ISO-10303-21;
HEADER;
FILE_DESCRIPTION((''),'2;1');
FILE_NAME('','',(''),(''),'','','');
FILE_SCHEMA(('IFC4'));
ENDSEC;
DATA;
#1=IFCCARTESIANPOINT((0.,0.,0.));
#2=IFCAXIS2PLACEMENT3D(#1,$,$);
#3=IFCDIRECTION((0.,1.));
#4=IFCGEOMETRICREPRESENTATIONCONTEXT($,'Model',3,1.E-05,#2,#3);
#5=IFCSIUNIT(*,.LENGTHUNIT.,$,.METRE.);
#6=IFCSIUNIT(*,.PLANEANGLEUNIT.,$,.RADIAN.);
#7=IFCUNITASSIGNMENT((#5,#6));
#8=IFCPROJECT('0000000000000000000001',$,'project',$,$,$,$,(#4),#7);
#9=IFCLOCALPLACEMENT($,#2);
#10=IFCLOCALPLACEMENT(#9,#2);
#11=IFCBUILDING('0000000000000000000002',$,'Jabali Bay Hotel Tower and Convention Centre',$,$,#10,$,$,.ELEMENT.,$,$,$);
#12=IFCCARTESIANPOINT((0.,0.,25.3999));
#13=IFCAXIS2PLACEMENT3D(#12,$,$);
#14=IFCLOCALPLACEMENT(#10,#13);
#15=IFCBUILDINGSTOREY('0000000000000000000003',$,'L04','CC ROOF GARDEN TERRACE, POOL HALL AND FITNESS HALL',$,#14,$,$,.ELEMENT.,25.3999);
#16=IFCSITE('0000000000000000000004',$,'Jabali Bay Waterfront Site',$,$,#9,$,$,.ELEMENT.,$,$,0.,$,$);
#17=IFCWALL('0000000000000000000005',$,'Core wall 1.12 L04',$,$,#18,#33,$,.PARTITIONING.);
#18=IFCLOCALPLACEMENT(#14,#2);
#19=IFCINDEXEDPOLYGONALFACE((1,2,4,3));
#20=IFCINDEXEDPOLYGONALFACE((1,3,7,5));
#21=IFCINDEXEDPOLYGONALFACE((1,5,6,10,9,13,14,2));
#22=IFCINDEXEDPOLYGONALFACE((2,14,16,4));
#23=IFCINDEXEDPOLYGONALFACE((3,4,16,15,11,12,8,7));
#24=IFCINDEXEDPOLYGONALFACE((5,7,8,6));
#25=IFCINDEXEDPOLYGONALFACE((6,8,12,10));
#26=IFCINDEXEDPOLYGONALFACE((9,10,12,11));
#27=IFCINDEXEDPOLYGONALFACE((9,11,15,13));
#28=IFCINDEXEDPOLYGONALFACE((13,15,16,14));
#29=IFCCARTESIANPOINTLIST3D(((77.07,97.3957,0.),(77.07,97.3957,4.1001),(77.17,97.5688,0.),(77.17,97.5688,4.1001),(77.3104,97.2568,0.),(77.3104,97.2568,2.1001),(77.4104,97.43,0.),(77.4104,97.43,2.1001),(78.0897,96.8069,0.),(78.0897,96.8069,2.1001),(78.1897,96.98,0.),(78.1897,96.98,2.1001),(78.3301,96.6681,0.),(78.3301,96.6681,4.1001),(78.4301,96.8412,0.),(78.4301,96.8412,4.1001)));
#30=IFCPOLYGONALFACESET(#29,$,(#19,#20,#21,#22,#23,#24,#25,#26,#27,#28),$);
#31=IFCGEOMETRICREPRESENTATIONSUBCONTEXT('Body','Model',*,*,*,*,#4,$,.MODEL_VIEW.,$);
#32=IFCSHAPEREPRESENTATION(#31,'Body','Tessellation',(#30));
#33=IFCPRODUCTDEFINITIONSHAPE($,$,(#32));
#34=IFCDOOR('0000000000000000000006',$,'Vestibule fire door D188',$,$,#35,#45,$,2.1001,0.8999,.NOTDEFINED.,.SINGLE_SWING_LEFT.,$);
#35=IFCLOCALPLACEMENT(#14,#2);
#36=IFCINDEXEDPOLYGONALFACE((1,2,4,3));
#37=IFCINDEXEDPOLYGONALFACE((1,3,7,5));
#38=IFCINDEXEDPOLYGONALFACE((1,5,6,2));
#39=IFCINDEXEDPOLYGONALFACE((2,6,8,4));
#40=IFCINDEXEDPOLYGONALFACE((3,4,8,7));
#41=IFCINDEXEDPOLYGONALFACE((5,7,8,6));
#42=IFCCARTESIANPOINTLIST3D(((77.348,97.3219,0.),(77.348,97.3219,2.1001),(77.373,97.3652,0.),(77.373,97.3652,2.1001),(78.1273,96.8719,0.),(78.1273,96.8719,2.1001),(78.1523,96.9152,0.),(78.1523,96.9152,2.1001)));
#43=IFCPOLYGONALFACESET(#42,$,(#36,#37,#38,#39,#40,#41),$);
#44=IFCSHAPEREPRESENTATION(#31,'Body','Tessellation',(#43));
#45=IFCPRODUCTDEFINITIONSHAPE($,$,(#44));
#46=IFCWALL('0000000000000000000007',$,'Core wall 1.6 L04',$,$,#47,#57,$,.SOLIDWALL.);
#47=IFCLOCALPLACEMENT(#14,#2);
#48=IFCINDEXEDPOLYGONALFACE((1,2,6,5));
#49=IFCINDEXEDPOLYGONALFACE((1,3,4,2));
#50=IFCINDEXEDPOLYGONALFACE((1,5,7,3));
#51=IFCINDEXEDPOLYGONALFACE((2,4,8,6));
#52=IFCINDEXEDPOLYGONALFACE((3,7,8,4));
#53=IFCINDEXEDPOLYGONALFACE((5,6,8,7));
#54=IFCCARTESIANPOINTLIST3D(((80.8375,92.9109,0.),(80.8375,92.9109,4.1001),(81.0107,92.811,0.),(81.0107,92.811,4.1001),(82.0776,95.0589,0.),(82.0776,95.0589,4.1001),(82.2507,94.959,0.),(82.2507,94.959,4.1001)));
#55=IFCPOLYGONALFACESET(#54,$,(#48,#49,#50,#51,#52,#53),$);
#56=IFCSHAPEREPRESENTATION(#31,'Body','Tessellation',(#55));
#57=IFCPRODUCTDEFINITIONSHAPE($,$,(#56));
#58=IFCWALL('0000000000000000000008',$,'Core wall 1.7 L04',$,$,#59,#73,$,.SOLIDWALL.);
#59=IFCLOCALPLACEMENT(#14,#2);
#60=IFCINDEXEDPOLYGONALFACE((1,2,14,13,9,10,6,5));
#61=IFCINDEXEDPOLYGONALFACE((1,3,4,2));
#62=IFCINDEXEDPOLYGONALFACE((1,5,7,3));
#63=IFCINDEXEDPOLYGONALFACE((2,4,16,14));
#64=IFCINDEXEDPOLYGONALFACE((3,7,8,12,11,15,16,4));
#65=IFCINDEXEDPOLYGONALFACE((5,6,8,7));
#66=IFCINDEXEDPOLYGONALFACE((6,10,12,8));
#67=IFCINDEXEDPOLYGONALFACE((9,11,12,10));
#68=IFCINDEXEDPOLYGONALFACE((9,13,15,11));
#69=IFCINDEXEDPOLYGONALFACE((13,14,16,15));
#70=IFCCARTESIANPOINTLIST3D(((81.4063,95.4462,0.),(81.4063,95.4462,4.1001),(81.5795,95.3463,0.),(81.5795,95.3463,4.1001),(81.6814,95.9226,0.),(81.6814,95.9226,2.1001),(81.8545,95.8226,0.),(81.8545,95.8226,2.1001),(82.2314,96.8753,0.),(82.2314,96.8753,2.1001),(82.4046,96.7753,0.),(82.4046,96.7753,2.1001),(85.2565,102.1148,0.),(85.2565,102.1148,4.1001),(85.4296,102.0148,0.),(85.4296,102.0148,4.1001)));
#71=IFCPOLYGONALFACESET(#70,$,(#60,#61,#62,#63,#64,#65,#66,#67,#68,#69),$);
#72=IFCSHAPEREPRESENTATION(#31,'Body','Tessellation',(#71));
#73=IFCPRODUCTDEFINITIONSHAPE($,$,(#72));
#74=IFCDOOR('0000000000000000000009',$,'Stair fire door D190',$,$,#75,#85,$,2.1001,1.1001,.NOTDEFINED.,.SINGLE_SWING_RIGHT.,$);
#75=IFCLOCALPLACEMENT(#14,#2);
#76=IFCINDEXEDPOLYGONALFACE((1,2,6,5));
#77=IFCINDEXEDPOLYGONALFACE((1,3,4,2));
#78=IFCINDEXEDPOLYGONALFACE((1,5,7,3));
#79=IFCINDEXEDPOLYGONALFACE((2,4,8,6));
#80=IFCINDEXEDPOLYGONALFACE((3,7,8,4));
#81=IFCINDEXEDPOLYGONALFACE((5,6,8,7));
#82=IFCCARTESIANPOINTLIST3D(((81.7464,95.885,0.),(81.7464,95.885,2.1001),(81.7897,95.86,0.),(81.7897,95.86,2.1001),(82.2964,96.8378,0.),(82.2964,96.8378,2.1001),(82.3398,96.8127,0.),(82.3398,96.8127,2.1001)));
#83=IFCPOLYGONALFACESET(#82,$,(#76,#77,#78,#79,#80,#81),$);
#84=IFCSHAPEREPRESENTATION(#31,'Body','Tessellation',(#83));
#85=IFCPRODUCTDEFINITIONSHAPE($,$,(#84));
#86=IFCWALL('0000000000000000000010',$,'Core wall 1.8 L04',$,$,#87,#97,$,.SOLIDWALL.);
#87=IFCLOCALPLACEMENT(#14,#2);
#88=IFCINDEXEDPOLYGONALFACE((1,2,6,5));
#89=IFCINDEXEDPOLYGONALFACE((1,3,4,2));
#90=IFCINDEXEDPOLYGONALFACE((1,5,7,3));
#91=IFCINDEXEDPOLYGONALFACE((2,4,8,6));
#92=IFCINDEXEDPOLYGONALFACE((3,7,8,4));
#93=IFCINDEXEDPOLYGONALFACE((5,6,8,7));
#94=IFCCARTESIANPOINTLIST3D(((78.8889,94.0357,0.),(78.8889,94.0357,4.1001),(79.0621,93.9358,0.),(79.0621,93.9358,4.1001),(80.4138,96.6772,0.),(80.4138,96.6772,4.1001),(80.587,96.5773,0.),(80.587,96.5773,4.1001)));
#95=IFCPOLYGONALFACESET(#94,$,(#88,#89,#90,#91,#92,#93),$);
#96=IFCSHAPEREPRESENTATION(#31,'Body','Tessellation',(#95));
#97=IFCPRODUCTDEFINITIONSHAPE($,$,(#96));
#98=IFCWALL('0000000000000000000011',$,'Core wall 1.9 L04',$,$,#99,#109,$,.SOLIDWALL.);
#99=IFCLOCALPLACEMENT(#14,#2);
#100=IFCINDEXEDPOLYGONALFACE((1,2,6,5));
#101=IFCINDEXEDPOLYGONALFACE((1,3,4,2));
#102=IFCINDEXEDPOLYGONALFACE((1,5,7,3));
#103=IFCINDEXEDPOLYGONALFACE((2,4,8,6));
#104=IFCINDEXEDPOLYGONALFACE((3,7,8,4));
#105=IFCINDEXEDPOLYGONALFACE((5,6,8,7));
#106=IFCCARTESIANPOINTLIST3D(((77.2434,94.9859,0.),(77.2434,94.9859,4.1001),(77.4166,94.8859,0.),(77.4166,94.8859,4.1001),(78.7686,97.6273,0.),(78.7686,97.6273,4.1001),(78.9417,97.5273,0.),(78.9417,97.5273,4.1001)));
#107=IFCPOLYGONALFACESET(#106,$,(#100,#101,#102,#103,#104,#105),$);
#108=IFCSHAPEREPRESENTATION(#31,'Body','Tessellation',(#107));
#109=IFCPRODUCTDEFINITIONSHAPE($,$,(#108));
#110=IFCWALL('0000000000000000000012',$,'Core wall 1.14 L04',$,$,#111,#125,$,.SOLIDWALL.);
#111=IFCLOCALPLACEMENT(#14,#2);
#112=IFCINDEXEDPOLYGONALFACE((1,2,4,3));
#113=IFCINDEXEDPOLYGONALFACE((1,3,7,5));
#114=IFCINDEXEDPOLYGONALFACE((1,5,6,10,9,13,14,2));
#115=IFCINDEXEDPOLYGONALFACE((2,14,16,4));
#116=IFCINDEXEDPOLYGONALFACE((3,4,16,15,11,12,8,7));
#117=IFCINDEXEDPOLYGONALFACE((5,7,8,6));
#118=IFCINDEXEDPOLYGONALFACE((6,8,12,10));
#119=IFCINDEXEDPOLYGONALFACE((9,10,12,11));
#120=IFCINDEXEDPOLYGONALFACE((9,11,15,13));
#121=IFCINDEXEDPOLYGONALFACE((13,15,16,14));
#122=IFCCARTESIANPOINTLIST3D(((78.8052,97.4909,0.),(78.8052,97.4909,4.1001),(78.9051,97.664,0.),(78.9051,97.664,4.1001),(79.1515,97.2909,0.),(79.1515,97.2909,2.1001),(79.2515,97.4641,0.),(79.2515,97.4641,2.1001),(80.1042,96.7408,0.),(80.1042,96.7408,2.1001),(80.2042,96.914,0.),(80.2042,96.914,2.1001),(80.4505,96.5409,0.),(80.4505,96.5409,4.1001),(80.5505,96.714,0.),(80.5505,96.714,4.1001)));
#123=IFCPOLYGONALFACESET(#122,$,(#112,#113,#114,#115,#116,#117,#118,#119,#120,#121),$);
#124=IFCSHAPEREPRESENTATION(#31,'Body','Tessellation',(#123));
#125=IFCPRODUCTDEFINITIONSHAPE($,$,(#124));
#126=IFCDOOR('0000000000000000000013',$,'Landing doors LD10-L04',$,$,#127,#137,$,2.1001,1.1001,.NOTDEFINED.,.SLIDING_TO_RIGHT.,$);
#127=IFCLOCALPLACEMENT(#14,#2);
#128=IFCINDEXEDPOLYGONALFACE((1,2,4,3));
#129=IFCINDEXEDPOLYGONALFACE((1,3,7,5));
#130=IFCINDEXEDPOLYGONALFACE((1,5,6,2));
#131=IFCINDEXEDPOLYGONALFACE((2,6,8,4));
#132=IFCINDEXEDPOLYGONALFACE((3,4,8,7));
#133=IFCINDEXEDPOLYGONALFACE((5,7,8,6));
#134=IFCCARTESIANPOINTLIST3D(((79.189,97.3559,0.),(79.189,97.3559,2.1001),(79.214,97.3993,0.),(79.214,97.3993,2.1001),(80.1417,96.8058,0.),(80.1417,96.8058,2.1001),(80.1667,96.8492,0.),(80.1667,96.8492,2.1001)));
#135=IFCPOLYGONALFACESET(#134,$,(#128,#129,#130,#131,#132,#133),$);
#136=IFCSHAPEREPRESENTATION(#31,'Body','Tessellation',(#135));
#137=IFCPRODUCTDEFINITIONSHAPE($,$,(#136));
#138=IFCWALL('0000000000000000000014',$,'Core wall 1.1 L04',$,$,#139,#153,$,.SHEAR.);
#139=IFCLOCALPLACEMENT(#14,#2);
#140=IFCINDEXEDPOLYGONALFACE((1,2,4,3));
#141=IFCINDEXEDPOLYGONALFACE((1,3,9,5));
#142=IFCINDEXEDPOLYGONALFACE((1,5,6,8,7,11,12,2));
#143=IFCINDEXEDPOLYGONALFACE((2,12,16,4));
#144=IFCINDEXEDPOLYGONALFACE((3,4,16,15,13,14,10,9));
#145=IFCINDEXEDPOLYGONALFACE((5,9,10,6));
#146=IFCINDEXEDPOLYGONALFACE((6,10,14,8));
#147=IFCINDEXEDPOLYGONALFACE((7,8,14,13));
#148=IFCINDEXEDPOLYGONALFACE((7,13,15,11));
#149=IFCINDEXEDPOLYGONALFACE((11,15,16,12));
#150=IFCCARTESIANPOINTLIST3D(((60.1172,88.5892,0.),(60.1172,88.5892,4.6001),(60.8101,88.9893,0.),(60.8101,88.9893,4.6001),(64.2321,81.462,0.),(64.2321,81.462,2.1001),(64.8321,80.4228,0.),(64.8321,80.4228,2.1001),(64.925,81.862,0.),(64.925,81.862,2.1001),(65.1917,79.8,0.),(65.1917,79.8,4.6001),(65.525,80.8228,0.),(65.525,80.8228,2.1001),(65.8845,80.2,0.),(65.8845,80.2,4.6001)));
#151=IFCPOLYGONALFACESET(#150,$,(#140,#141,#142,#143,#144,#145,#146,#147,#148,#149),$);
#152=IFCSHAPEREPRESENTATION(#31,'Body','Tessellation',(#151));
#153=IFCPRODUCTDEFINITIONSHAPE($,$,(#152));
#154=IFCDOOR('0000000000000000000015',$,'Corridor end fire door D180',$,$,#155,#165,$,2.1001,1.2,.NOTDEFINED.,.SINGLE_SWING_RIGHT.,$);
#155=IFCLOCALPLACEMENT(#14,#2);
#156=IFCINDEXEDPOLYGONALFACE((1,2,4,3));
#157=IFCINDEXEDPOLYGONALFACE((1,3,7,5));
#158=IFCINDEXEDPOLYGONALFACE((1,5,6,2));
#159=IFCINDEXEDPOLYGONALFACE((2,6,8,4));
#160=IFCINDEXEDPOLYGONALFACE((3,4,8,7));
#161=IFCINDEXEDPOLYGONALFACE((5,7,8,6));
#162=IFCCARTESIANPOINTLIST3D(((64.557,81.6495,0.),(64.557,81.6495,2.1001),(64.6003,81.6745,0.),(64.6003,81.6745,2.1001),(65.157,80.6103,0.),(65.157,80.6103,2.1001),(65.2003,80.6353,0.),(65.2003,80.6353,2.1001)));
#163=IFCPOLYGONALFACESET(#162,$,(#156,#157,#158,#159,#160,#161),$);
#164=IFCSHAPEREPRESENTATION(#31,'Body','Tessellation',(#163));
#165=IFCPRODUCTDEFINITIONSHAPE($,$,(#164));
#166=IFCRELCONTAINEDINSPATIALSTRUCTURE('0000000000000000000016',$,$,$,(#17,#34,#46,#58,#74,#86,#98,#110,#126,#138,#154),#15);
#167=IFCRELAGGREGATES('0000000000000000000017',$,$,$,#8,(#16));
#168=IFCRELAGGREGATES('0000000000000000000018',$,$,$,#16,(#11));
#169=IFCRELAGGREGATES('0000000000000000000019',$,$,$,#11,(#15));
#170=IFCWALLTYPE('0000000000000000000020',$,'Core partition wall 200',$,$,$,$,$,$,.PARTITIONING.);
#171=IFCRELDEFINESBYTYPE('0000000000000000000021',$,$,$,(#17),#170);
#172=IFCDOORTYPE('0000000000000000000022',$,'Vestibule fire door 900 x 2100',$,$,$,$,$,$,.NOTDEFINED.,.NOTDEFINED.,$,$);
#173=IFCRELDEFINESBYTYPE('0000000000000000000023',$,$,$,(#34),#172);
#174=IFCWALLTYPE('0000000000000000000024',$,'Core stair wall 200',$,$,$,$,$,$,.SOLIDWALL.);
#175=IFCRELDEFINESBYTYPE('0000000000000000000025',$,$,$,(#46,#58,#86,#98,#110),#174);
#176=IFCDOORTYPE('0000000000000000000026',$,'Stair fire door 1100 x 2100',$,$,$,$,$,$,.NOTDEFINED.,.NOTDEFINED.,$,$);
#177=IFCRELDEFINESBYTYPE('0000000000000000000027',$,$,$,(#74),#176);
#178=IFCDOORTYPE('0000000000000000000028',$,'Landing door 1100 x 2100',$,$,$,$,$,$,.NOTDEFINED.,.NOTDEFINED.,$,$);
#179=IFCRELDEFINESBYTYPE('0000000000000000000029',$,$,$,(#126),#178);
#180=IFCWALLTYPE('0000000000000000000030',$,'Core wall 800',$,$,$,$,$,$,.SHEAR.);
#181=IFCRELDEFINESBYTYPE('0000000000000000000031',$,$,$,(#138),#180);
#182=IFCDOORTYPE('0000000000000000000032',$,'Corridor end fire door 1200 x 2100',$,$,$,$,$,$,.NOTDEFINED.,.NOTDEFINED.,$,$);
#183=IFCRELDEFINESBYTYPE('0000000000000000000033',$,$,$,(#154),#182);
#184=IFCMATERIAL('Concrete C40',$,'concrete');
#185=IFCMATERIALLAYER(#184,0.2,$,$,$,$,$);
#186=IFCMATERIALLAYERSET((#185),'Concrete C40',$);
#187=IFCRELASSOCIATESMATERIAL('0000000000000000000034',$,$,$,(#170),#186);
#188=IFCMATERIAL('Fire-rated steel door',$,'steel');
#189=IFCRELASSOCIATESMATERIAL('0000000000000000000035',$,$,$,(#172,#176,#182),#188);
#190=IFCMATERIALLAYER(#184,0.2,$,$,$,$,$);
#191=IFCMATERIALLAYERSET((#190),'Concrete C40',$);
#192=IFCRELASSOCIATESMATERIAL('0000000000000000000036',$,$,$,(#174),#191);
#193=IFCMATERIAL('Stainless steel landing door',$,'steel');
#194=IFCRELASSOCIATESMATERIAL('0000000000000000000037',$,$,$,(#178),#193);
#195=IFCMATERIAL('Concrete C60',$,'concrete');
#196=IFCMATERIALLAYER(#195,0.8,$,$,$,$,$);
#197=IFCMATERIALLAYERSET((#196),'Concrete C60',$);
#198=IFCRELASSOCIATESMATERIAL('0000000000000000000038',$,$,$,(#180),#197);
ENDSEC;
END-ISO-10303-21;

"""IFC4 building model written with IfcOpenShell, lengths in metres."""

from ifc_helpers import new_model, si_unit, direction, frame, frame_2d, origin, place, context, subcontext, project, spatial, rectangle, extrude, material, layer, layer_set, type_object, element, fill, save


model = new_model("IFC4")

# Units and contexts
model_context = context("Model", 3, precision=1e-05, world=origin(), true_north=direction((0.0, 1.0)))
body_context = subcontext(model_context, "Body", "Model", "MODEL_VIEW")
ifc_project = project(units=[si_unit("LENGTHUNIT", "METRE"), si_unit("PLANEANGLEUNIT", "RADIAN")], contexts=[model_context])

# Site, building, storey
site_placement = place(None, origin())
site = spatial("IfcSite", under=ifc_project, at=site_placement, Name="Jabali Bay Waterfront Site", CompositionType="ELEMENT", RefElevation=0.0)
building_placement = place(site_placement, origin())
building = spatial("IfcBuilding", under=site, at=building_placement, Name="Jabali Bay Hotel Tower and Convention Centre", CompositionType="ELEMENT")
storey_placement = place(building_placement, frame((0.0, 0.0, 25.3999)))
storey = spatial("IfcBuildingStorey", under=building, at=storey_placement, Name="L04", Description="CC ROOF GARDEN TERRACE, POOL HALL AND FITNESS HALL", CompositionType="ELEMENT", Elevation=25.3999)

# Wall, opening, door
ifc_material_1 = material(Name="Concrete C40", Category="concrete")
ifc_layer_1 = layer(ifc_material_1, 0.2)
ifc_layer_set_1 = layer_set([ifc_layer_1], Name="Concrete C40")
wall_type_1 = type_object("IfcWallType", Name="Core partition wall 200", PredefinedType="PARTITIONING", material=ifc_layer_set_1)
wall_1_placement = place(storey_placement, frame((78.3801, 96.7546, 0.0), z_axis=(0.0, 0.0, 1.0), x_axis=(-0.866004, 0.500037, 0.0)))
wall_1 = element("IfcWall", 1, at=wall_1_placement, inside=storey, type_object=wall_type_1, Name="Core wall 1.12 L04", PredefinedType="PARTITIONING", context=body_context, shape_type="SweptSolid", body=[
    extrude(rectangle(XDim=1.4551, YDim=0.2, at=frame_2d((0.7275, 0.0))), origin(), (0.0, 0.0, 1.0), 4.1001),
])
opening_1_placement = place(wall_1_placement, frame((0.2776, 0.0, 0.0)))
opening_1 = element("IfcOpeningElement", 2, at=opening_1_placement, cuts=wall_1, PredefinedType="OPENING", context=body_context, shape_type="SweptSolid", body=[
    extrude(rectangle(XDim=0.8999, YDim=2.1001, at=frame_2d((0.45, 1.05))), frame((0.0, 0.1104, 0.0), z_axis=(0.0, -1.0, 0.0), x_axis=(1.0, 0.0, 0.0)), (0.0, 0.0, 1.0), 0.2209),
])
ifc_material_2 = material(Name="Fire-rated steel door", Category="steel")
door_type_1 = type_object("IfcDoorType", Name="Vestibule fire door 900 x 2100", OperationType="NOTDEFINED", PredefinedType="NOTDEFINED", material=ifc_material_2)
door_1_placement = place(opening_1_placement, origin())
door_1 = element("IfcDoor", 3, at=door_1_placement, inside=storey, type_object=door_type_1, Name="Vestibule fire door D188", OperationType="SINGLE_SWING_LEFT", OverallHeight=2.1001, OverallWidth=0.8999, PredefinedType="NOTDEFINED", context=body_context, shape_type="SweptSolid", body=[
    extrude(rectangle(XDim=0.8999, YDim=2.1001, at=frame_2d((0.45, 1.05))), frame((0.0, 0.0249, 0.0), z_axis=(0.0, -1.0, 0.0), x_axis=(1.0, 0.0, 0.0)), (0.0, 0.0, 1.0), 0.05),
])
fill(opening_1, door_1)

# Wall
ifc_layer_2 = layer(ifc_material_1, 0.2)
ifc_layer_set_2 = layer_set([ifc_layer_2], Name="Concrete C40")
wall_type_2 = type_object("IfcWallType", Name="Core stair wall 200", PredefinedType="SOLIDWALL", material=ifc_layer_set_2)
wall_2_placement = place(storey_placement, frame((80.9241, 92.8608, 0.0), z_axis=(0.0, 0.0, 1.0), x_axis=(0.499961, 0.866048, 0.0)))
element("IfcWall", 4, at=wall_2_placement, inside=storey, type_object=wall_type_2, Name="Core wall 1.6 L04", PredefinedType="SOLIDWALL", context=body_context, shape_type="SweptSolid", body=[
    extrude(rectangle(XDim=2.4802, YDim=0.2, at=frame_2d((1.2402, 0.0))), origin(), (0.0, 0.0, 1.0), 4.1001),
])

# Wall, opening, door
wall_3_placement = place(storey_placement, frame((81.4929, 95.3962, 0.0), z_axis=(0.0, 0.0, 1.0), x_axis=(0.500006, 0.866022, 0.0)))
wall_3 = element("IfcWall", 5, at=wall_3_placement, inside=storey, type_object=wall_type_2, Name="Core wall 1.7 L04", PredefinedType="SOLIDWALL", context=body_context, shape_type="SweptSolid", body=[
    extrude(rectangle(XDim=7.7002, YDim=0.2, at=frame_2d((3.8501, 0.0))), origin(), (0.0, 0.0, 1.0), 4.1001),
])
opening_2_placement = place(wall_3_placement, frame((0.55, 0.0, 0.0)))
opening_2 = element("IfcOpeningElement", 6, at=opening_2_placement, cuts=wall_3, PredefinedType="OPENING", context=body_context, shape_type="SweptSolid", body=[
    extrude(rectangle(XDim=1.1001, YDim=2.1001, at=frame_2d((0.55, 1.05))), frame((0.0, 0.1104, 0.0), z_axis=(0.0, -1.0, 0.0), x_axis=(1.0, 0.0, 0.0)), (0.0, 0.0, 1.0), 0.2209),
])
door_type_2 = type_object("IfcDoorType", Name="Stair fire door 1100 x 2100", OperationType="NOTDEFINED", PredefinedType="NOTDEFINED", material=ifc_material_2)
door_2_placement = place(opening_2_placement, origin())
door_2 = element("IfcDoor", 7, at=door_2_placement, inside=storey, type_object=door_type_2, Name="Stair fire door D190", OperationType="SINGLE_SWING_RIGHT", OverallHeight=2.1001, OverallWidth=1.1001, PredefinedType="NOTDEFINED", context=body_context, shape_type="SweptSolid", body=[
    extrude(rectangle(XDim=1.1001, YDim=2.1001, at=frame_2d((0.55, 1.05))), frame((0.0, 0.0249, 0.0), z_axis=(0.0, -1.0, 0.0), x_axis=(1.0, 0.0, 0.0)), (0.0, 0.0, 1.0), 0.05),
])
fill(opening_2, door_2)

# Walls
for number, where, z_axis, x_axis, name in (
    (8, (78.9756, 93.9858, 0.0), (0.0, 0.0, 1.0), (0.499944, 0.866058, 0.0), "Core wall 1.8 L04"),
    (9, (77.3301, 94.936, 0.0), (0.0, 0.0, 1.0), (0.500039, 0.866003, 0.0), "Core wall 1.9 L04"),
):
    element("IfcWall", number, at=place(storey_placement, frame(where, z_axis=z_axis, x_axis=x_axis)), inside=storey, type_object=wall_type_2, Name=name, PredefinedType="SOLIDWALL", context=body_context, shape_type="SweptSolid", body=[
        extrude(rectangle(XDim=3.05, YDim=0.2, at=frame_2d((1.5249, 0.0))), origin(), (0.0, 0.0, 1.0), 4.1001),
    ])

# Walls, openings, doors
wall_4_placement = place(storey_placement, frame((80.5005, 96.6274, 0.0), z_axis=(0.0, 0.0, 1.0), x_axis=(-0.866012, 0.500023, 0.0)))
wall_4 = element("IfcWall", 10, at=wall_4_placement, inside=storey, type_object=wall_type_2, Name="Core wall 1.14 L04", PredefinedType="SOLIDWALL", context=body_context, shape_type="SweptSolid", body=[
    extrude(rectangle(XDim=1.8999, YDim=0.2, at=frame_2d((0.95, 0.0))), origin(), (0.0, 0.0, 1.0), 4.1001),
])
opening_3_placement = place(wall_4_placement, frame((0.3999, 0.0, 0.0)))
opening_3 = element("IfcOpeningElement", 11, at=opening_3_placement, cuts=wall_4, PredefinedType="OPENING", context=body_context, shape_type="SweptSolid", body=[
    extrude(rectangle(XDim=1.1001, YDim=2.1001, at=frame_2d((0.55, 1.05))), frame((0.0, 0.1104, 0.0), z_axis=(0.0, -1.0, 0.0), x_axis=(1.0, 0.0, 0.0)), (0.0, 0.0, 1.0), 0.2209),
])
ifc_material_3 = material(Name="Stainless steel landing door", Category="steel")
door_type_3 = type_object("IfcDoorType", Name="Landing door 1100 x 2100", OperationType="NOTDEFINED", PredefinedType="NOTDEFINED", material=ifc_material_3)
door_3_placement = place(opening_3_placement, origin())
door_3 = element("IfcDoor", 12, at=door_3_placement, inside=storey, type_object=door_type_3, Name="Landing doors LD10-L04", OperationType="SLIDING_TO_RIGHT", OverallHeight=2.1001, OverallWidth=1.1001, PredefinedType="NOTDEFINED", context=body_context, shape_type="SweptSolid", body=[
    extrude(rectangle(XDim=1.1001, YDim=2.1001, at=frame_2d((0.55, 1.05))), frame((0.0, 0.0249, 0.0), z_axis=(0.0, -1.0, 0.0), x_axis=(1.0, 0.0, 0.0)), (0.0, 0.0, 1.0), 0.05),
])
fill(opening_3, door_3)
ifc_material_4 = material(Name="Concrete C60", Category="concrete")
ifc_layer_3 = layer(ifc_material_4, 0.8)
ifc_layer_set_3 = layer_set([ifc_layer_3], Name="Concrete C60")
wall_type_3 = type_object("IfcWallType", Name="Core wall 800", PredefinedType="SHEAR", material=ifc_layer_set_3)
wall_5_placement = place(storey_placement, frame((65.5381, 80.0, 0.0), z_axis=(0.0, 0.0, 1.0), x_axis=(-0.499997, 0.866027, 0.0)))
wall_5 = element("IfcWall", 13, at=wall_5_placement, inside=storey, type_object=wall_type_3, Name="Core wall 1.1 L04", PredefinedType="SHEAR", context=body_context, shape_type="SweptSolid", body=[
    extrude(rectangle(XDim=10.1489, YDim=0.8, at=frame_2d((5.0745, 0.0))), origin(), (0.0, 0.0, 1.0), 4.6001),
])
opening_4_placement = place(wall_5_placement, frame((0.719, 0.0, 0.0)))
opening_4 = element("IfcOpeningElement", 14, at=opening_4_placement, cuts=wall_5, PredefinedType="OPENING", context=body_context, shape_type="SweptSolid", body=[
    extrude(rectangle(XDim=1.2, YDim=2.1001, at=frame_2d((0.6001, 1.05))), frame((0.0, 0.4106, 0.0), z_axis=(0.0, -1.0, 0.0), x_axis=(1.0, 0.0, 0.0)), (0.0, 0.0, 1.0), 0.821),
])
door_type_4 = type_object("IfcDoorType", Name="Corridor end fire door 1200 x 2100", OperationType="NOTDEFINED", PredefinedType="NOTDEFINED", material=ifc_material_2)
door_4_placement = place(opening_4_placement, origin())
door_4 = element("IfcDoor", 15, at=door_4_placement, inside=storey, type_object=door_type_4, Name="Corridor end fire door D180", OperationType="SINGLE_SWING_RIGHT", OverallHeight=2.1001, OverallWidth=1.2, PredefinedType="NOTDEFINED", context=body_context, shape_type="SweptSolid", body=[
    extrude(rectangle(XDim=1.2, YDim=2.1001, at=frame_2d((0.6001, 1.05))), frame((0.0, 0.0249, 0.0), z_axis=(0.0, -1.0, 0.0), x_axis=(1.0, 0.0, 0.0)), (0.0, 0.0, 1.0), 0.05),
])
fill(opening_4, door_4)

save(model, "model.ifc")
